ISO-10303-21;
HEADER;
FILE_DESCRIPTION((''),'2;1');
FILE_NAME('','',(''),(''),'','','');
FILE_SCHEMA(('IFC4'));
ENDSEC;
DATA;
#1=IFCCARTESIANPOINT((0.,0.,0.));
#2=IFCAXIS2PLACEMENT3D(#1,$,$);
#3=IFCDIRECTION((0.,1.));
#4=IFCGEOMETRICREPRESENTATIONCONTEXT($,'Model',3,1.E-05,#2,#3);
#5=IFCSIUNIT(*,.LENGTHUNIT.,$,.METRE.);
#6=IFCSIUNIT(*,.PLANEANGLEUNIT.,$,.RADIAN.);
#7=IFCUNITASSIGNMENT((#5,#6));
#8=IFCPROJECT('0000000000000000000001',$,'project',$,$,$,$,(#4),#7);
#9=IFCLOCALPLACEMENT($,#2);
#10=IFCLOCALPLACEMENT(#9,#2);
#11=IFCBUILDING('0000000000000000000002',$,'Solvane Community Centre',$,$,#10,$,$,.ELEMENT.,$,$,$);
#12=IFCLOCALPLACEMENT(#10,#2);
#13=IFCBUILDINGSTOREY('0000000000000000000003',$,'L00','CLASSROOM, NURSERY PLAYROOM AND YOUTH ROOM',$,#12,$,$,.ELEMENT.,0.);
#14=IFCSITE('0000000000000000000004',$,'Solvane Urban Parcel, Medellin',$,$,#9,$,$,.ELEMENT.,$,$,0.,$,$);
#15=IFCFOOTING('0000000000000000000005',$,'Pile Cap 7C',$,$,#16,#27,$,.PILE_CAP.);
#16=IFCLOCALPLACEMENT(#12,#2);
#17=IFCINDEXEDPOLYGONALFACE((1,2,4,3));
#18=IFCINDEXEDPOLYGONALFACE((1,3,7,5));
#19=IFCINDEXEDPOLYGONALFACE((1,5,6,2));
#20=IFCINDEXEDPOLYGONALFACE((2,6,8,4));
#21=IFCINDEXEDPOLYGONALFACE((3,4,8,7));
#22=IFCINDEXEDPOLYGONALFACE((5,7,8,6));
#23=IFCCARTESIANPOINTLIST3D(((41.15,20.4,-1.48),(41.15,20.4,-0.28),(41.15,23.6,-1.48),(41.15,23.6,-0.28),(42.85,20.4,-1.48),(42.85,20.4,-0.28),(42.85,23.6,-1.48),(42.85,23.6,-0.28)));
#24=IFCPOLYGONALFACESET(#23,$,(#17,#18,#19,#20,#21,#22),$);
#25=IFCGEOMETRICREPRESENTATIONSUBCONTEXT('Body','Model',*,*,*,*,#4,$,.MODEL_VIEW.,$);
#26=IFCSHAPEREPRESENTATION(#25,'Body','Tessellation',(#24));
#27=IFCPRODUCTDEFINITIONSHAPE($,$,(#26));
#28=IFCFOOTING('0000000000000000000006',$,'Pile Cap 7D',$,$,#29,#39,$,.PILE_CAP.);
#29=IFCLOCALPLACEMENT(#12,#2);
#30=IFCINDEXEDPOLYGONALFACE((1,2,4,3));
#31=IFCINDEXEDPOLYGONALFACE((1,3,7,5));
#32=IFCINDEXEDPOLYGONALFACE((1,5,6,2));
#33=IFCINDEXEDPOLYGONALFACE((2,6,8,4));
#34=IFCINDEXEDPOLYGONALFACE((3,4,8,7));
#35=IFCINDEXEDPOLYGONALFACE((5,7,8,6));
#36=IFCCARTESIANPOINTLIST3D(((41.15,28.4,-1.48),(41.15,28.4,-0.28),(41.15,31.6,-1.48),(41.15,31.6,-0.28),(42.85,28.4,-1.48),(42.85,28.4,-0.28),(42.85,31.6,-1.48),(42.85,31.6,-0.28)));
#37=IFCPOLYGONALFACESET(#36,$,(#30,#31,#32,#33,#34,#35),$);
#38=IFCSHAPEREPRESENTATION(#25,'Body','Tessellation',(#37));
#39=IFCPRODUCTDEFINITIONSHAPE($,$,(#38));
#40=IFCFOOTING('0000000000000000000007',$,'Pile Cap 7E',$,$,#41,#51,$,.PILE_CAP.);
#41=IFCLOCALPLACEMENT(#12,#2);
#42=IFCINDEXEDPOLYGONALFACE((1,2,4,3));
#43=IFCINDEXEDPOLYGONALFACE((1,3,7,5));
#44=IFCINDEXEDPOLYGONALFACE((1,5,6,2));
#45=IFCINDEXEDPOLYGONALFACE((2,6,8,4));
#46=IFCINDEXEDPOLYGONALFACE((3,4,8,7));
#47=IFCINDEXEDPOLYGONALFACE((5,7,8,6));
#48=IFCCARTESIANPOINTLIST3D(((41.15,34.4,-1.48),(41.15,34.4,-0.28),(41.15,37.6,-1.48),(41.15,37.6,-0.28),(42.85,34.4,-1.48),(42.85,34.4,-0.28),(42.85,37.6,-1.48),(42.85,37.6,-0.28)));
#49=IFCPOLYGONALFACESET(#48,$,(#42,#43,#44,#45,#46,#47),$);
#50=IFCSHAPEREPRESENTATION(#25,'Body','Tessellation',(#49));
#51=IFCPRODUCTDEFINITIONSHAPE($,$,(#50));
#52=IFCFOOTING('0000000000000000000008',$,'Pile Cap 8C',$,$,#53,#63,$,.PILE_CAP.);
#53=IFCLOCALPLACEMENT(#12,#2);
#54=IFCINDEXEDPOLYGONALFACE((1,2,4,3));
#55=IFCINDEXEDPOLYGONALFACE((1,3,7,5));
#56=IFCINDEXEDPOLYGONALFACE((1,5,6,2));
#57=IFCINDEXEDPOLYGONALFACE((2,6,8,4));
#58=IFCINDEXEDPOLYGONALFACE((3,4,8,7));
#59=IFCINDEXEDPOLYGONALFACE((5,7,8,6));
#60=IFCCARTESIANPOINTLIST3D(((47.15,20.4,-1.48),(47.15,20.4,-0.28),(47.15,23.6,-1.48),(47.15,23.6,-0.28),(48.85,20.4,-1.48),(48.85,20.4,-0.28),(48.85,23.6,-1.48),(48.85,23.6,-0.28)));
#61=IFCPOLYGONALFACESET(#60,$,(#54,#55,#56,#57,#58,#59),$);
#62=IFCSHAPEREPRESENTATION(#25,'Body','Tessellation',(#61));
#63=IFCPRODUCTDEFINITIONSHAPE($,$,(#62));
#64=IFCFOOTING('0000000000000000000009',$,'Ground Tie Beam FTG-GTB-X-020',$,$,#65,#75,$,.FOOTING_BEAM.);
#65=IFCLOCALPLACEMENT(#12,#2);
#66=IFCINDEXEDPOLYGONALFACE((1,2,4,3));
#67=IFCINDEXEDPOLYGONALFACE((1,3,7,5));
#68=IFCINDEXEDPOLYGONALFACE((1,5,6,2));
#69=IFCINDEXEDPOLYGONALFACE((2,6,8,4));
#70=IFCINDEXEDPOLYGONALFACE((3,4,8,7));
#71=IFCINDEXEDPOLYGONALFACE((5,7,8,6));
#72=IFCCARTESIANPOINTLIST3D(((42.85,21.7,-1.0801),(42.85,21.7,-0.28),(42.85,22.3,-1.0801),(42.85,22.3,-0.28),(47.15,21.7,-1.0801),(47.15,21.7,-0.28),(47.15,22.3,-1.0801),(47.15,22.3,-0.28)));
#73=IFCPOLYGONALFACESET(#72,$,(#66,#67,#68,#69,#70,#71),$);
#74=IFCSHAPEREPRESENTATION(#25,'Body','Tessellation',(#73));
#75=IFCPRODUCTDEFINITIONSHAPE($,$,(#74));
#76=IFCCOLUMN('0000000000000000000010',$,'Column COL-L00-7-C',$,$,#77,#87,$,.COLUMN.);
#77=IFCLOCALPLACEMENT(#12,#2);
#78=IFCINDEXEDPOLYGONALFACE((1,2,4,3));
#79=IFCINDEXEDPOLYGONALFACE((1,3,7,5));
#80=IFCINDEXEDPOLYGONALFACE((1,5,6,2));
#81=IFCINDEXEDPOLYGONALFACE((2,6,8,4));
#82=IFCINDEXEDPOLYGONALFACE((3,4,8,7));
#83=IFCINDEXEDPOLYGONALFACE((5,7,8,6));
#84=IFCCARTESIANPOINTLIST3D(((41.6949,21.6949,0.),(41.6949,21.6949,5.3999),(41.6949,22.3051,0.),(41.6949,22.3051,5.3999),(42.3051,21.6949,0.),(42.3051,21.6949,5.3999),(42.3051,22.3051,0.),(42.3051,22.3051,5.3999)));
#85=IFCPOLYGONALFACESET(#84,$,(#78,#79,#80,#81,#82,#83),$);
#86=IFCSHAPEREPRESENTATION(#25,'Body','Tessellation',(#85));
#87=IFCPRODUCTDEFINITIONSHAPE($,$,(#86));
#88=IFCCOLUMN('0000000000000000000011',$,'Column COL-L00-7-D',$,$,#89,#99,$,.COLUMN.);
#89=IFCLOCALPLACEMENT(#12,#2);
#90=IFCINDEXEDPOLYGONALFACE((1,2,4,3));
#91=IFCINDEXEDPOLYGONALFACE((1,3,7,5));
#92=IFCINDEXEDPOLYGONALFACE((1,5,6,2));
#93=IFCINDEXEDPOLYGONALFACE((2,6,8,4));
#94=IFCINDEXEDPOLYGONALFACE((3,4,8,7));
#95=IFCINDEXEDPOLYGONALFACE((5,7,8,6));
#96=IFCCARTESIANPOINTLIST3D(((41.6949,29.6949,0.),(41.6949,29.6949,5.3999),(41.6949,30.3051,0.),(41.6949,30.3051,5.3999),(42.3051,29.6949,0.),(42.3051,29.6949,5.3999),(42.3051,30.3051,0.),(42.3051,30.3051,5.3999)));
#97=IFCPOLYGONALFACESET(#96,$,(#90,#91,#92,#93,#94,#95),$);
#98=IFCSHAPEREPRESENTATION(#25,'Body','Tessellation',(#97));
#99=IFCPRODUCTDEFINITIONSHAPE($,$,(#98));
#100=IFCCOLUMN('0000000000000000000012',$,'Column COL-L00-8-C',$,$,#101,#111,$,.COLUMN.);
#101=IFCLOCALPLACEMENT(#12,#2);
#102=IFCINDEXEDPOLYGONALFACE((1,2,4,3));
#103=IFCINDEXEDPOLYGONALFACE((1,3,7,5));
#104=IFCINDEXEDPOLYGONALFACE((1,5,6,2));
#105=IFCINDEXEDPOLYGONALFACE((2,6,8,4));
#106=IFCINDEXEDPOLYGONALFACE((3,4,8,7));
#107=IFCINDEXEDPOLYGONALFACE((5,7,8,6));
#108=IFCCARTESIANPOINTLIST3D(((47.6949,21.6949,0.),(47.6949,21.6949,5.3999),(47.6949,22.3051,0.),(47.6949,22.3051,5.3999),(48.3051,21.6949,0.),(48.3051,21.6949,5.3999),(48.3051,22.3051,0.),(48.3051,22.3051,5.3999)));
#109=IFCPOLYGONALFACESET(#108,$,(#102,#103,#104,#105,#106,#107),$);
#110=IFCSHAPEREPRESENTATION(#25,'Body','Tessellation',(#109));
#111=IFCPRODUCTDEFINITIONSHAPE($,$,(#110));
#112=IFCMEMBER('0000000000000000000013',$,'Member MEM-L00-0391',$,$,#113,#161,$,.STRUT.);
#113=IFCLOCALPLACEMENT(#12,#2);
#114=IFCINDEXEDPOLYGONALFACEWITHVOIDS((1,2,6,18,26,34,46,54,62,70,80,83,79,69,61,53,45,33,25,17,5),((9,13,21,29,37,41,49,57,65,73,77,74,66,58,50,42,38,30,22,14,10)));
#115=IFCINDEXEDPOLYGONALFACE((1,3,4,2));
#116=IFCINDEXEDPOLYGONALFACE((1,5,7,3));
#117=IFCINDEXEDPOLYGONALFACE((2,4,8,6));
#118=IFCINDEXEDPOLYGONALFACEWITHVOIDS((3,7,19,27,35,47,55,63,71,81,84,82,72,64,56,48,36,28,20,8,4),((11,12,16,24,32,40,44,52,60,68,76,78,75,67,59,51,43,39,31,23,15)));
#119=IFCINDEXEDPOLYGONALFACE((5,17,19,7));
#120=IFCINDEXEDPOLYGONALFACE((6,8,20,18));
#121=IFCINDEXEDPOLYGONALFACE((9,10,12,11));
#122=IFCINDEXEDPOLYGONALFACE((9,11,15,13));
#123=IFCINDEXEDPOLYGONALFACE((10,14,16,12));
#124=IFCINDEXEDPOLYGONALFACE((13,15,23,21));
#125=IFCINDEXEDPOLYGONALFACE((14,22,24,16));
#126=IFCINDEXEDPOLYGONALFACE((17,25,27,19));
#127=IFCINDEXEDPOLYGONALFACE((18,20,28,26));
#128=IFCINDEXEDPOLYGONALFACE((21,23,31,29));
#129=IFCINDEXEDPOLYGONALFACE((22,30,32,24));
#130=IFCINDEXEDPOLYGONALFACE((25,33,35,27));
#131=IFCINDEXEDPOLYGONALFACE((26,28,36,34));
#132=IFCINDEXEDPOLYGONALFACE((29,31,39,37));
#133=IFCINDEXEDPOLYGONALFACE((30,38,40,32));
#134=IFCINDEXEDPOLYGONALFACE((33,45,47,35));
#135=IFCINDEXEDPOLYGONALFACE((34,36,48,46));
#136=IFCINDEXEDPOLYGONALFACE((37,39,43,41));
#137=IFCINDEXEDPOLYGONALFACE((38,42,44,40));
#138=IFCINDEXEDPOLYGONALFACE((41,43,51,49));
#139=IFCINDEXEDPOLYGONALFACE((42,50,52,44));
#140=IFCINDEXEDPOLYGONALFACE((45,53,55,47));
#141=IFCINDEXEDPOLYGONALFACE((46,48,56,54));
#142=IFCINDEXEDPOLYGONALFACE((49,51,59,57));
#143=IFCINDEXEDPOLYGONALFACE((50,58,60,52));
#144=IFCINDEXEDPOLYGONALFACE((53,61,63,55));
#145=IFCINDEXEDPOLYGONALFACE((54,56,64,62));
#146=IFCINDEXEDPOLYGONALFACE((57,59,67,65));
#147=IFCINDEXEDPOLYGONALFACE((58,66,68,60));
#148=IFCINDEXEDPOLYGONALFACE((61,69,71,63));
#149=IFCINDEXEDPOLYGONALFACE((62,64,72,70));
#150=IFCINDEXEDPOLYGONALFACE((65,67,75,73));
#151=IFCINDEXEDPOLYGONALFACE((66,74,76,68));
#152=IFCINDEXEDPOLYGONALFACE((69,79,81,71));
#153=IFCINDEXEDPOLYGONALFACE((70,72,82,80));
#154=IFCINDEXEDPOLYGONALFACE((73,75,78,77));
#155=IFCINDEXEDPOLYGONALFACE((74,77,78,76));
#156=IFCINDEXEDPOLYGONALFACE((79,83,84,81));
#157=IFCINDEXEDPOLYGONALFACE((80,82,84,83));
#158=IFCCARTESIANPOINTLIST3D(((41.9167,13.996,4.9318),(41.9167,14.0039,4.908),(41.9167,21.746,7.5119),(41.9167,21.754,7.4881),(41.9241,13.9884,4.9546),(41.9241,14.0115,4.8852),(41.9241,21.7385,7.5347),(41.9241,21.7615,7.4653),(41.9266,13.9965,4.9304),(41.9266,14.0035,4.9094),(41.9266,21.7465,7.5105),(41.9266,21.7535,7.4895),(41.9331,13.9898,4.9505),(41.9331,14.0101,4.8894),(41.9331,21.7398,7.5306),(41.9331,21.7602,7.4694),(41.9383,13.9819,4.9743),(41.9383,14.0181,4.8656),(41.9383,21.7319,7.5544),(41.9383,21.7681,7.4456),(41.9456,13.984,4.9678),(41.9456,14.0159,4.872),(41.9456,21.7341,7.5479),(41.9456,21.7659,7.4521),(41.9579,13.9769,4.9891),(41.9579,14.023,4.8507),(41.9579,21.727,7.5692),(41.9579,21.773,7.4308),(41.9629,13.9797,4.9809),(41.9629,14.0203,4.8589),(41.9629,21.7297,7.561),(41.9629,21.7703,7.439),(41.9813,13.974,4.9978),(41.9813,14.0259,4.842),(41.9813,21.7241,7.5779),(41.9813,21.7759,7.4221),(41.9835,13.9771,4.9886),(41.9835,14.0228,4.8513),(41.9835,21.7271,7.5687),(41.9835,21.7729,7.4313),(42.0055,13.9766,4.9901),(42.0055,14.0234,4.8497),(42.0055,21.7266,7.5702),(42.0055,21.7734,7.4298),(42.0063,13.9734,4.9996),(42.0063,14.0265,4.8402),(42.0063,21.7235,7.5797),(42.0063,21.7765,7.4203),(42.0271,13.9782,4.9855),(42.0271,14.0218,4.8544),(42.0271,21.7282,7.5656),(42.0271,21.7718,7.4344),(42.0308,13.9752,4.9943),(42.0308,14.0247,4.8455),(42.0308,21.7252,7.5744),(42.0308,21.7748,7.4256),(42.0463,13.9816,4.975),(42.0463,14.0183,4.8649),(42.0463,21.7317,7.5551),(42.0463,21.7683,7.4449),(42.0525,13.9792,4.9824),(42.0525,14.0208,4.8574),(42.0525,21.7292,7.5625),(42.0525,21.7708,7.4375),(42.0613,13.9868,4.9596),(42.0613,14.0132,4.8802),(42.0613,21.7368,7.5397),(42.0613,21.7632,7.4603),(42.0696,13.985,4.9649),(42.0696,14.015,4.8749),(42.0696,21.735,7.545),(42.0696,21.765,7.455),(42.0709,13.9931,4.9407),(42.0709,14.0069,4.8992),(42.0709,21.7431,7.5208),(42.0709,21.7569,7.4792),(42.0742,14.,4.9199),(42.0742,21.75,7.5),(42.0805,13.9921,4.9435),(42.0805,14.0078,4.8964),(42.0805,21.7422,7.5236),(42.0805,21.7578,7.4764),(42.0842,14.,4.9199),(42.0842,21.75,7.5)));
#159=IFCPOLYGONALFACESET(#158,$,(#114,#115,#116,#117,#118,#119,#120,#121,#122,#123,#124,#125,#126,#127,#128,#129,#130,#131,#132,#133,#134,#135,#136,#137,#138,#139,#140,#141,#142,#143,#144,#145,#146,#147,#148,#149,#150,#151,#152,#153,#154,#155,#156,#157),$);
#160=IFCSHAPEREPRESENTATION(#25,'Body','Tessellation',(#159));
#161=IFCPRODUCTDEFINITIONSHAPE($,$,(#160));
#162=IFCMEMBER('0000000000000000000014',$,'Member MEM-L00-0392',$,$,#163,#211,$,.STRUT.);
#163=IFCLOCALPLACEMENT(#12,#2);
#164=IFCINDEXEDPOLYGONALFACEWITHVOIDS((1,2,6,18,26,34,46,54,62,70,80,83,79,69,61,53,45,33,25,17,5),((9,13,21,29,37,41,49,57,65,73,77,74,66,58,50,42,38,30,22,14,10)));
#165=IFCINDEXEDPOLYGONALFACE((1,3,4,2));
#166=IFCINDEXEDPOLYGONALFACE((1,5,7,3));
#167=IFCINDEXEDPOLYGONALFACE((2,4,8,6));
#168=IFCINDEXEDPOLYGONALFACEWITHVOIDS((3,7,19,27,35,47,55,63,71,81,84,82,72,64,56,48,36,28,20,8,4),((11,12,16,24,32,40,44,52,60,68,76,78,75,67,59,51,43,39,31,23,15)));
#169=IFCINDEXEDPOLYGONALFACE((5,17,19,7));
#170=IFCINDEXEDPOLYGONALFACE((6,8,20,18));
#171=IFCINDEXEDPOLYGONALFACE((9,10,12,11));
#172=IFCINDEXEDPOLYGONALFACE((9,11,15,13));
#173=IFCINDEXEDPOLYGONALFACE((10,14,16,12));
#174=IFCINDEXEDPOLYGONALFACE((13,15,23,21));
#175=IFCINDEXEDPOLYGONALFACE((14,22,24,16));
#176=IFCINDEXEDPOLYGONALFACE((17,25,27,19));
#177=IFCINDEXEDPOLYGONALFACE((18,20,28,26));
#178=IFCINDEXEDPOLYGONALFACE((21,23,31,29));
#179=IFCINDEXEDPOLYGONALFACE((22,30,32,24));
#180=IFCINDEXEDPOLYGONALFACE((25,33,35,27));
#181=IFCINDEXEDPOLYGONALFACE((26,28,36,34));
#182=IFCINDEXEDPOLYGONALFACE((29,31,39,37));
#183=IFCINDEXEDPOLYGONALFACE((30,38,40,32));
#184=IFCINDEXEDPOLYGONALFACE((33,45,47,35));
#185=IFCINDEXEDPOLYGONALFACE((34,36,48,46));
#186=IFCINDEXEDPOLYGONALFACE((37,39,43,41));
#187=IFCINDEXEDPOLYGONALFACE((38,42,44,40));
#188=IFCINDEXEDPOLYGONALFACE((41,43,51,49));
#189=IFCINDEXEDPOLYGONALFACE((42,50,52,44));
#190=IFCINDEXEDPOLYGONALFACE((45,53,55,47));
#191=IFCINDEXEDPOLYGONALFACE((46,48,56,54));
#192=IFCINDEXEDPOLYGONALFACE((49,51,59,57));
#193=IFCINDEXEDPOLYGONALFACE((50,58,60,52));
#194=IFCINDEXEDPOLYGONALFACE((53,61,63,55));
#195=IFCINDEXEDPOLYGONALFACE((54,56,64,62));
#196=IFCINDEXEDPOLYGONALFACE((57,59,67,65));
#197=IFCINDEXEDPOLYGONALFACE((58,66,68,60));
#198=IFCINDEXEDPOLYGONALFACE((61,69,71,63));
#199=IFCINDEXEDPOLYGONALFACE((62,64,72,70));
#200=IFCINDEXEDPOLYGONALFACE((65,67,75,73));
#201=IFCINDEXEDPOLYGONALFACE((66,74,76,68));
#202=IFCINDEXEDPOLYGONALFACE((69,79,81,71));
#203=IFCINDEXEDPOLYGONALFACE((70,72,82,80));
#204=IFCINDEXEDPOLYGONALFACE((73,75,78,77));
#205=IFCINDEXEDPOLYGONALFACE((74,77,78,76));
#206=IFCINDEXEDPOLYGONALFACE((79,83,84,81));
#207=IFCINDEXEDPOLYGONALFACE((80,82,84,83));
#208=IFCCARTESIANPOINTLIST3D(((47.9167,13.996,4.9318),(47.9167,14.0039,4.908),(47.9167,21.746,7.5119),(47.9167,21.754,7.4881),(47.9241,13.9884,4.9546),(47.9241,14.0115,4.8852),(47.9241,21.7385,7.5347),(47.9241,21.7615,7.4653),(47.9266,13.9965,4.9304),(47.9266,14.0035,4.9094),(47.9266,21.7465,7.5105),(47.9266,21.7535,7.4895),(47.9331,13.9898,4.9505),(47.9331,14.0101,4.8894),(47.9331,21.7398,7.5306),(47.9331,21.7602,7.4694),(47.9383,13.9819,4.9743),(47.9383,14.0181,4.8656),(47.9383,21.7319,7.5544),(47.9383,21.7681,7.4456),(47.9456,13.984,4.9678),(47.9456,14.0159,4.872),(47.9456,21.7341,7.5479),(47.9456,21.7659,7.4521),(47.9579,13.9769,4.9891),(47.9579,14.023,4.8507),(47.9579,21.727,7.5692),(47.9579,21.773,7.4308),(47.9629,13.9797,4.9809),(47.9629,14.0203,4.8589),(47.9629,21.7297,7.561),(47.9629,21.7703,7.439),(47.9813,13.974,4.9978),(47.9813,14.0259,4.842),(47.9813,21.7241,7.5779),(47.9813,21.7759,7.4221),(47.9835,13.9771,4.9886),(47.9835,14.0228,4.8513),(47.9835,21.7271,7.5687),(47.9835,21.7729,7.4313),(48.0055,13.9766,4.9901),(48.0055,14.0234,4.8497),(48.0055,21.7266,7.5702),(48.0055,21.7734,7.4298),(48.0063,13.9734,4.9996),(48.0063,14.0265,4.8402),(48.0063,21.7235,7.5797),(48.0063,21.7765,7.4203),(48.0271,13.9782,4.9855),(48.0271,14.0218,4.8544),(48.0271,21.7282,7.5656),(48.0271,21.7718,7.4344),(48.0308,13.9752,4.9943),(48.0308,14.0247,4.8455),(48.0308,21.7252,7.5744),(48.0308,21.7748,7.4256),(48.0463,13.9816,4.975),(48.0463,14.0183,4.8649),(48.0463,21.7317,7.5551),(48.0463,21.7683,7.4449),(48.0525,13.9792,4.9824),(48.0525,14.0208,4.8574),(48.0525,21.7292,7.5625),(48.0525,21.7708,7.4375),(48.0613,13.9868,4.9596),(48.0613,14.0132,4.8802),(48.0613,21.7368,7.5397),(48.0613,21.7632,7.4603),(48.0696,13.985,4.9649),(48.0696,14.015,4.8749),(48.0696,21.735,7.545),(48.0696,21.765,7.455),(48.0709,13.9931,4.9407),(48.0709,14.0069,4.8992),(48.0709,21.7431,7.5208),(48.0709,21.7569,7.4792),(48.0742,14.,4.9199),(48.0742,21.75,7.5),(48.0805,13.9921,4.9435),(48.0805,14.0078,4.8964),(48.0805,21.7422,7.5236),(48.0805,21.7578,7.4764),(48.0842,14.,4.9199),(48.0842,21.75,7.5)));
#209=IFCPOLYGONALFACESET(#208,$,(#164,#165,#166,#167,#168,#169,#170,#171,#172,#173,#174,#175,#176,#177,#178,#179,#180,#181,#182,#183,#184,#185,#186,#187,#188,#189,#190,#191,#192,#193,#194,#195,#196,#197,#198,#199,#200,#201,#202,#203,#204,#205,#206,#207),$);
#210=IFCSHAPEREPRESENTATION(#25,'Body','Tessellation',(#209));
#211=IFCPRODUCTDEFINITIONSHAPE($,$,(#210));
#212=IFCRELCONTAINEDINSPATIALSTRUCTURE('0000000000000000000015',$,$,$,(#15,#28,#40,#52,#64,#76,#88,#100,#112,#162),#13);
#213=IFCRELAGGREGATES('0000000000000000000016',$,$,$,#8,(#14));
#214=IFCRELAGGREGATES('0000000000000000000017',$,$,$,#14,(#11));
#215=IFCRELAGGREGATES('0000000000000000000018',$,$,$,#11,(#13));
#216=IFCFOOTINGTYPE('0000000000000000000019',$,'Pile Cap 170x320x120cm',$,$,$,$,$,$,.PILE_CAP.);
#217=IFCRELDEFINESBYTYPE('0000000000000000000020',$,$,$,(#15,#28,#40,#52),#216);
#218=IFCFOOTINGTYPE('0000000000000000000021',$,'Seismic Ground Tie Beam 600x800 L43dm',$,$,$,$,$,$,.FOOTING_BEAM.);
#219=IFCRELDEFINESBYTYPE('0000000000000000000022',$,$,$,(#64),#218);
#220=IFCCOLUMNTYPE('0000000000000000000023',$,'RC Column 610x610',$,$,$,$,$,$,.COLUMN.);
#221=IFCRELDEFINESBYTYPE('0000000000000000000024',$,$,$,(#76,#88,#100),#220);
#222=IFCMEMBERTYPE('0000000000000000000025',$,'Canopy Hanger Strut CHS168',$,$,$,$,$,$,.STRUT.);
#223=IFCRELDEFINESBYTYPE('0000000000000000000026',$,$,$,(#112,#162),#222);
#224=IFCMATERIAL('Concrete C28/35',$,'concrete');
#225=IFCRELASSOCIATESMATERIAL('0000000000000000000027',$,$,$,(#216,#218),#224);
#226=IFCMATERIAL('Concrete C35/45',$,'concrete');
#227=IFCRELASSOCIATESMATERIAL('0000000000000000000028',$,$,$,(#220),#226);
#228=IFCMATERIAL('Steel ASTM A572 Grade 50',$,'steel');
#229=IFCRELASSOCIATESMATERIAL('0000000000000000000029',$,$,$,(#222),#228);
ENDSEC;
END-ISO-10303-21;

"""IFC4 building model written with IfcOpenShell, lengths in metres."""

from ifc_helpers import new_model, si_unit, direction, frame, origin, origin_2d, place, context, subcontext, project, spatial, rectangle, hollow_circle, extrude, material, material_profile, profile_set, type_object, element, save


model = new_model("IFC4")

# Units and contexts
model_context = context("Model", 3, precision=1e-05, world=origin(), true_north=direction((0.0, 1.0)))
body_context = subcontext(model_context, "Body", "Model", "MODEL_VIEW")
ifc_project = project(units=[si_unit("LENGTHUNIT", "METRE"), si_unit("PLANEANGLEUNIT", "RADIAN")], contexts=[model_context])

# Site, building, storey
site_placement = place(None, origin())
site = spatial("IfcSite", under=ifc_project, at=site_placement, Name="Solvane Urban Parcel, Medellin", CompositionType="ELEMENT", RefElevation=0.0)
building_placement = place(site_placement, origin())
building = spatial("IfcBuilding", under=site, at=building_placement, Name="Solvane Community Centre", CompositionType="ELEMENT")
storey_placement = place(building_placement, origin())
storey = spatial("IfcBuildingStorey", under=building, at=storey_placement, Name="L00", Description="CLASSROOM, NURSERY PLAYROOM AND YOUTH ROOM", CompositionType="ELEMENT", Elevation=0.0)

# Shared definitions
ifc_material_1 = material(Name="Concrete C28/35", Category="concrete")

# Footings
footing_type_1 = type_object("IfcFootingType", Name="Pile Cap 170x320x120cm", PredefinedType="PILE_CAP", material=ifc_material_1)
for number, where, z_axis, x_axis, name in (
    (1, (42.0, 22.0, -1.48), (0.0, 0.0, 1.0), (1.0, 0.0, 0.0), "Pile Cap 7C"),
    (2, (42.0, 30.0, -1.48), (0.0, 0.0, 1.0), (1.0, 0.0, 0.0), "Pile Cap 7D"),
    (3, (42.0, 36.0, -1.48), (0.0, 0.0, 1.0), (1.0, 0.0, 0.0), "Pile Cap 7E"),
    (4, (48.0, 22.0, -1.48), (0.0, 0.0, 1.0), (1.0, 0.0, 0.0), "Pile Cap 8C"),
):
    element("IfcFooting", number, at=place(storey_placement, frame(where, z_axis=z_axis, x_axis=x_axis)), inside=storey, type_object=footing_type_1, Name=name, PredefinedType="PILE_CAP", context=body_context, shape_type="SweptSolid", body=[
        extrude(rectangle(XDim=1.7, YDim=3.2, at=origin_2d()), origin(), (0.0, 0.0, 1.0), 1.2),
    ])
footing_type_2 = type_object("IfcFootingType", Name="Seismic Ground Tie Beam 600x800 L43dm", PredefinedType="FOOTING_BEAM", material=ifc_material_1)
footing_placement = place(storey_placement, frame((45.0, 22.0, -1.0801), z_axis=(0.0, 0.0, 1.0), x_axis=(1.0, 0.0, 0.0)))
element("IfcFooting", 5, at=footing_placement, inside=storey, type_object=footing_type_2, Name="Ground Tie Beam FTG-GTB-X-020", PredefinedType="FOOTING_BEAM", context=body_context, shape_type="SweptSolid", body=[
    extrude(rectangle(XDim=4.3, YDim=0.6001, at=origin_2d()), origin(), (0.0, 0.0, 1.0), 0.8),
])

# Columns
ifc_material_2 = material(Name="Concrete C35/45", Category="concrete")
ifc_material_profile_1 = material_profile(ifc_material_2, rectangle(XDim=0.6101, YDim=0.6101, at=origin_2d()), Name="RC 610x610")
ifc_profile_set_1 = profile_set([ifc_material_profile_1], Name="Concrete C35/45")
column_type = type_object("IfcColumnType", Name="RC Column 610x610", PredefinedType="COLUMN", material=ifc_profile_set_1)
for number, where, z_axis, x_axis, name in (
    (6, (42.0, 22.0, 0.0), (0.0, 0.0, 1.0), (1.0, 0.0, 0.0), "Column COL-L00-7-C"),
    (7, (42.0, 30.0, 0.0), (0.0, 0.0, 1.0), (1.0, 0.0, 0.0), "Column COL-L00-7-D"),
    (8, (48.0, 22.0, 0.0), (0.0, 0.0, 1.0), (1.0, 0.0, 0.0), "Column COL-L00-8-C"),
):
    element("IfcColumn", number, at=place(storey_placement, frame(where, z_axis=z_axis, x_axis=x_axis)), inside=storey, type_object=column_type, Name=name, PredefinedType="COLUMN", context=body_context, shape_type="SweptSolid", body=[
        extrude(rectangle(XDim=0.6101, YDim=0.6101, at=origin_2d()), origin(), (0.0, 0.0, 1.0), 5.3999),
    ])

# Members
ifc_material_3 = material(Name="Steel ASTM A572 Grade 50", Category="steel")
ifc_material_profile_2 = material_profile(ifc_material_3, hollow_circle(Radius=0.0842, WallThickness=0.01, at=origin_2d()), Name="CHS 168.3x10.0")
ifc_profile_set_2 = profile_set([ifc_material_profile_2], Name="Steel ASTM A572 Grade 50")
member_type = type_object("IfcMemberType", Name="Canopy Hanger Strut CHS168", PredefinedType="STRUT", material=ifc_profile_set_2)
for number, where, z_axis, x_axis, name in (
    (9, (42.0, 21.75, 7.5), (0.0, -0.948803, -0.315869), (1.0, 0.0, 0.0), "Member MEM-L00-0391"),
    (10, (48.0, 21.75, 7.5), (0.0, -0.948803, -0.315869), (1.0, 0.0, 0.0), "Member MEM-L00-0392"),
):
    element("IfcMember", number, at=place(storey_placement, frame(where, z_axis=z_axis, x_axis=x_axis)), inside=storey, type_object=member_type, Name=name, PredefinedType="STRUT", context=body_context, shape_type="SweptSolid", body=[
        extrude(hollow_circle(Radius=0.0842, WallThickness=0.01, at=origin_2d()), origin(), (0.0, 0.0, 1.0), 8.1682),
    ])

save(model, "model.ifc")
